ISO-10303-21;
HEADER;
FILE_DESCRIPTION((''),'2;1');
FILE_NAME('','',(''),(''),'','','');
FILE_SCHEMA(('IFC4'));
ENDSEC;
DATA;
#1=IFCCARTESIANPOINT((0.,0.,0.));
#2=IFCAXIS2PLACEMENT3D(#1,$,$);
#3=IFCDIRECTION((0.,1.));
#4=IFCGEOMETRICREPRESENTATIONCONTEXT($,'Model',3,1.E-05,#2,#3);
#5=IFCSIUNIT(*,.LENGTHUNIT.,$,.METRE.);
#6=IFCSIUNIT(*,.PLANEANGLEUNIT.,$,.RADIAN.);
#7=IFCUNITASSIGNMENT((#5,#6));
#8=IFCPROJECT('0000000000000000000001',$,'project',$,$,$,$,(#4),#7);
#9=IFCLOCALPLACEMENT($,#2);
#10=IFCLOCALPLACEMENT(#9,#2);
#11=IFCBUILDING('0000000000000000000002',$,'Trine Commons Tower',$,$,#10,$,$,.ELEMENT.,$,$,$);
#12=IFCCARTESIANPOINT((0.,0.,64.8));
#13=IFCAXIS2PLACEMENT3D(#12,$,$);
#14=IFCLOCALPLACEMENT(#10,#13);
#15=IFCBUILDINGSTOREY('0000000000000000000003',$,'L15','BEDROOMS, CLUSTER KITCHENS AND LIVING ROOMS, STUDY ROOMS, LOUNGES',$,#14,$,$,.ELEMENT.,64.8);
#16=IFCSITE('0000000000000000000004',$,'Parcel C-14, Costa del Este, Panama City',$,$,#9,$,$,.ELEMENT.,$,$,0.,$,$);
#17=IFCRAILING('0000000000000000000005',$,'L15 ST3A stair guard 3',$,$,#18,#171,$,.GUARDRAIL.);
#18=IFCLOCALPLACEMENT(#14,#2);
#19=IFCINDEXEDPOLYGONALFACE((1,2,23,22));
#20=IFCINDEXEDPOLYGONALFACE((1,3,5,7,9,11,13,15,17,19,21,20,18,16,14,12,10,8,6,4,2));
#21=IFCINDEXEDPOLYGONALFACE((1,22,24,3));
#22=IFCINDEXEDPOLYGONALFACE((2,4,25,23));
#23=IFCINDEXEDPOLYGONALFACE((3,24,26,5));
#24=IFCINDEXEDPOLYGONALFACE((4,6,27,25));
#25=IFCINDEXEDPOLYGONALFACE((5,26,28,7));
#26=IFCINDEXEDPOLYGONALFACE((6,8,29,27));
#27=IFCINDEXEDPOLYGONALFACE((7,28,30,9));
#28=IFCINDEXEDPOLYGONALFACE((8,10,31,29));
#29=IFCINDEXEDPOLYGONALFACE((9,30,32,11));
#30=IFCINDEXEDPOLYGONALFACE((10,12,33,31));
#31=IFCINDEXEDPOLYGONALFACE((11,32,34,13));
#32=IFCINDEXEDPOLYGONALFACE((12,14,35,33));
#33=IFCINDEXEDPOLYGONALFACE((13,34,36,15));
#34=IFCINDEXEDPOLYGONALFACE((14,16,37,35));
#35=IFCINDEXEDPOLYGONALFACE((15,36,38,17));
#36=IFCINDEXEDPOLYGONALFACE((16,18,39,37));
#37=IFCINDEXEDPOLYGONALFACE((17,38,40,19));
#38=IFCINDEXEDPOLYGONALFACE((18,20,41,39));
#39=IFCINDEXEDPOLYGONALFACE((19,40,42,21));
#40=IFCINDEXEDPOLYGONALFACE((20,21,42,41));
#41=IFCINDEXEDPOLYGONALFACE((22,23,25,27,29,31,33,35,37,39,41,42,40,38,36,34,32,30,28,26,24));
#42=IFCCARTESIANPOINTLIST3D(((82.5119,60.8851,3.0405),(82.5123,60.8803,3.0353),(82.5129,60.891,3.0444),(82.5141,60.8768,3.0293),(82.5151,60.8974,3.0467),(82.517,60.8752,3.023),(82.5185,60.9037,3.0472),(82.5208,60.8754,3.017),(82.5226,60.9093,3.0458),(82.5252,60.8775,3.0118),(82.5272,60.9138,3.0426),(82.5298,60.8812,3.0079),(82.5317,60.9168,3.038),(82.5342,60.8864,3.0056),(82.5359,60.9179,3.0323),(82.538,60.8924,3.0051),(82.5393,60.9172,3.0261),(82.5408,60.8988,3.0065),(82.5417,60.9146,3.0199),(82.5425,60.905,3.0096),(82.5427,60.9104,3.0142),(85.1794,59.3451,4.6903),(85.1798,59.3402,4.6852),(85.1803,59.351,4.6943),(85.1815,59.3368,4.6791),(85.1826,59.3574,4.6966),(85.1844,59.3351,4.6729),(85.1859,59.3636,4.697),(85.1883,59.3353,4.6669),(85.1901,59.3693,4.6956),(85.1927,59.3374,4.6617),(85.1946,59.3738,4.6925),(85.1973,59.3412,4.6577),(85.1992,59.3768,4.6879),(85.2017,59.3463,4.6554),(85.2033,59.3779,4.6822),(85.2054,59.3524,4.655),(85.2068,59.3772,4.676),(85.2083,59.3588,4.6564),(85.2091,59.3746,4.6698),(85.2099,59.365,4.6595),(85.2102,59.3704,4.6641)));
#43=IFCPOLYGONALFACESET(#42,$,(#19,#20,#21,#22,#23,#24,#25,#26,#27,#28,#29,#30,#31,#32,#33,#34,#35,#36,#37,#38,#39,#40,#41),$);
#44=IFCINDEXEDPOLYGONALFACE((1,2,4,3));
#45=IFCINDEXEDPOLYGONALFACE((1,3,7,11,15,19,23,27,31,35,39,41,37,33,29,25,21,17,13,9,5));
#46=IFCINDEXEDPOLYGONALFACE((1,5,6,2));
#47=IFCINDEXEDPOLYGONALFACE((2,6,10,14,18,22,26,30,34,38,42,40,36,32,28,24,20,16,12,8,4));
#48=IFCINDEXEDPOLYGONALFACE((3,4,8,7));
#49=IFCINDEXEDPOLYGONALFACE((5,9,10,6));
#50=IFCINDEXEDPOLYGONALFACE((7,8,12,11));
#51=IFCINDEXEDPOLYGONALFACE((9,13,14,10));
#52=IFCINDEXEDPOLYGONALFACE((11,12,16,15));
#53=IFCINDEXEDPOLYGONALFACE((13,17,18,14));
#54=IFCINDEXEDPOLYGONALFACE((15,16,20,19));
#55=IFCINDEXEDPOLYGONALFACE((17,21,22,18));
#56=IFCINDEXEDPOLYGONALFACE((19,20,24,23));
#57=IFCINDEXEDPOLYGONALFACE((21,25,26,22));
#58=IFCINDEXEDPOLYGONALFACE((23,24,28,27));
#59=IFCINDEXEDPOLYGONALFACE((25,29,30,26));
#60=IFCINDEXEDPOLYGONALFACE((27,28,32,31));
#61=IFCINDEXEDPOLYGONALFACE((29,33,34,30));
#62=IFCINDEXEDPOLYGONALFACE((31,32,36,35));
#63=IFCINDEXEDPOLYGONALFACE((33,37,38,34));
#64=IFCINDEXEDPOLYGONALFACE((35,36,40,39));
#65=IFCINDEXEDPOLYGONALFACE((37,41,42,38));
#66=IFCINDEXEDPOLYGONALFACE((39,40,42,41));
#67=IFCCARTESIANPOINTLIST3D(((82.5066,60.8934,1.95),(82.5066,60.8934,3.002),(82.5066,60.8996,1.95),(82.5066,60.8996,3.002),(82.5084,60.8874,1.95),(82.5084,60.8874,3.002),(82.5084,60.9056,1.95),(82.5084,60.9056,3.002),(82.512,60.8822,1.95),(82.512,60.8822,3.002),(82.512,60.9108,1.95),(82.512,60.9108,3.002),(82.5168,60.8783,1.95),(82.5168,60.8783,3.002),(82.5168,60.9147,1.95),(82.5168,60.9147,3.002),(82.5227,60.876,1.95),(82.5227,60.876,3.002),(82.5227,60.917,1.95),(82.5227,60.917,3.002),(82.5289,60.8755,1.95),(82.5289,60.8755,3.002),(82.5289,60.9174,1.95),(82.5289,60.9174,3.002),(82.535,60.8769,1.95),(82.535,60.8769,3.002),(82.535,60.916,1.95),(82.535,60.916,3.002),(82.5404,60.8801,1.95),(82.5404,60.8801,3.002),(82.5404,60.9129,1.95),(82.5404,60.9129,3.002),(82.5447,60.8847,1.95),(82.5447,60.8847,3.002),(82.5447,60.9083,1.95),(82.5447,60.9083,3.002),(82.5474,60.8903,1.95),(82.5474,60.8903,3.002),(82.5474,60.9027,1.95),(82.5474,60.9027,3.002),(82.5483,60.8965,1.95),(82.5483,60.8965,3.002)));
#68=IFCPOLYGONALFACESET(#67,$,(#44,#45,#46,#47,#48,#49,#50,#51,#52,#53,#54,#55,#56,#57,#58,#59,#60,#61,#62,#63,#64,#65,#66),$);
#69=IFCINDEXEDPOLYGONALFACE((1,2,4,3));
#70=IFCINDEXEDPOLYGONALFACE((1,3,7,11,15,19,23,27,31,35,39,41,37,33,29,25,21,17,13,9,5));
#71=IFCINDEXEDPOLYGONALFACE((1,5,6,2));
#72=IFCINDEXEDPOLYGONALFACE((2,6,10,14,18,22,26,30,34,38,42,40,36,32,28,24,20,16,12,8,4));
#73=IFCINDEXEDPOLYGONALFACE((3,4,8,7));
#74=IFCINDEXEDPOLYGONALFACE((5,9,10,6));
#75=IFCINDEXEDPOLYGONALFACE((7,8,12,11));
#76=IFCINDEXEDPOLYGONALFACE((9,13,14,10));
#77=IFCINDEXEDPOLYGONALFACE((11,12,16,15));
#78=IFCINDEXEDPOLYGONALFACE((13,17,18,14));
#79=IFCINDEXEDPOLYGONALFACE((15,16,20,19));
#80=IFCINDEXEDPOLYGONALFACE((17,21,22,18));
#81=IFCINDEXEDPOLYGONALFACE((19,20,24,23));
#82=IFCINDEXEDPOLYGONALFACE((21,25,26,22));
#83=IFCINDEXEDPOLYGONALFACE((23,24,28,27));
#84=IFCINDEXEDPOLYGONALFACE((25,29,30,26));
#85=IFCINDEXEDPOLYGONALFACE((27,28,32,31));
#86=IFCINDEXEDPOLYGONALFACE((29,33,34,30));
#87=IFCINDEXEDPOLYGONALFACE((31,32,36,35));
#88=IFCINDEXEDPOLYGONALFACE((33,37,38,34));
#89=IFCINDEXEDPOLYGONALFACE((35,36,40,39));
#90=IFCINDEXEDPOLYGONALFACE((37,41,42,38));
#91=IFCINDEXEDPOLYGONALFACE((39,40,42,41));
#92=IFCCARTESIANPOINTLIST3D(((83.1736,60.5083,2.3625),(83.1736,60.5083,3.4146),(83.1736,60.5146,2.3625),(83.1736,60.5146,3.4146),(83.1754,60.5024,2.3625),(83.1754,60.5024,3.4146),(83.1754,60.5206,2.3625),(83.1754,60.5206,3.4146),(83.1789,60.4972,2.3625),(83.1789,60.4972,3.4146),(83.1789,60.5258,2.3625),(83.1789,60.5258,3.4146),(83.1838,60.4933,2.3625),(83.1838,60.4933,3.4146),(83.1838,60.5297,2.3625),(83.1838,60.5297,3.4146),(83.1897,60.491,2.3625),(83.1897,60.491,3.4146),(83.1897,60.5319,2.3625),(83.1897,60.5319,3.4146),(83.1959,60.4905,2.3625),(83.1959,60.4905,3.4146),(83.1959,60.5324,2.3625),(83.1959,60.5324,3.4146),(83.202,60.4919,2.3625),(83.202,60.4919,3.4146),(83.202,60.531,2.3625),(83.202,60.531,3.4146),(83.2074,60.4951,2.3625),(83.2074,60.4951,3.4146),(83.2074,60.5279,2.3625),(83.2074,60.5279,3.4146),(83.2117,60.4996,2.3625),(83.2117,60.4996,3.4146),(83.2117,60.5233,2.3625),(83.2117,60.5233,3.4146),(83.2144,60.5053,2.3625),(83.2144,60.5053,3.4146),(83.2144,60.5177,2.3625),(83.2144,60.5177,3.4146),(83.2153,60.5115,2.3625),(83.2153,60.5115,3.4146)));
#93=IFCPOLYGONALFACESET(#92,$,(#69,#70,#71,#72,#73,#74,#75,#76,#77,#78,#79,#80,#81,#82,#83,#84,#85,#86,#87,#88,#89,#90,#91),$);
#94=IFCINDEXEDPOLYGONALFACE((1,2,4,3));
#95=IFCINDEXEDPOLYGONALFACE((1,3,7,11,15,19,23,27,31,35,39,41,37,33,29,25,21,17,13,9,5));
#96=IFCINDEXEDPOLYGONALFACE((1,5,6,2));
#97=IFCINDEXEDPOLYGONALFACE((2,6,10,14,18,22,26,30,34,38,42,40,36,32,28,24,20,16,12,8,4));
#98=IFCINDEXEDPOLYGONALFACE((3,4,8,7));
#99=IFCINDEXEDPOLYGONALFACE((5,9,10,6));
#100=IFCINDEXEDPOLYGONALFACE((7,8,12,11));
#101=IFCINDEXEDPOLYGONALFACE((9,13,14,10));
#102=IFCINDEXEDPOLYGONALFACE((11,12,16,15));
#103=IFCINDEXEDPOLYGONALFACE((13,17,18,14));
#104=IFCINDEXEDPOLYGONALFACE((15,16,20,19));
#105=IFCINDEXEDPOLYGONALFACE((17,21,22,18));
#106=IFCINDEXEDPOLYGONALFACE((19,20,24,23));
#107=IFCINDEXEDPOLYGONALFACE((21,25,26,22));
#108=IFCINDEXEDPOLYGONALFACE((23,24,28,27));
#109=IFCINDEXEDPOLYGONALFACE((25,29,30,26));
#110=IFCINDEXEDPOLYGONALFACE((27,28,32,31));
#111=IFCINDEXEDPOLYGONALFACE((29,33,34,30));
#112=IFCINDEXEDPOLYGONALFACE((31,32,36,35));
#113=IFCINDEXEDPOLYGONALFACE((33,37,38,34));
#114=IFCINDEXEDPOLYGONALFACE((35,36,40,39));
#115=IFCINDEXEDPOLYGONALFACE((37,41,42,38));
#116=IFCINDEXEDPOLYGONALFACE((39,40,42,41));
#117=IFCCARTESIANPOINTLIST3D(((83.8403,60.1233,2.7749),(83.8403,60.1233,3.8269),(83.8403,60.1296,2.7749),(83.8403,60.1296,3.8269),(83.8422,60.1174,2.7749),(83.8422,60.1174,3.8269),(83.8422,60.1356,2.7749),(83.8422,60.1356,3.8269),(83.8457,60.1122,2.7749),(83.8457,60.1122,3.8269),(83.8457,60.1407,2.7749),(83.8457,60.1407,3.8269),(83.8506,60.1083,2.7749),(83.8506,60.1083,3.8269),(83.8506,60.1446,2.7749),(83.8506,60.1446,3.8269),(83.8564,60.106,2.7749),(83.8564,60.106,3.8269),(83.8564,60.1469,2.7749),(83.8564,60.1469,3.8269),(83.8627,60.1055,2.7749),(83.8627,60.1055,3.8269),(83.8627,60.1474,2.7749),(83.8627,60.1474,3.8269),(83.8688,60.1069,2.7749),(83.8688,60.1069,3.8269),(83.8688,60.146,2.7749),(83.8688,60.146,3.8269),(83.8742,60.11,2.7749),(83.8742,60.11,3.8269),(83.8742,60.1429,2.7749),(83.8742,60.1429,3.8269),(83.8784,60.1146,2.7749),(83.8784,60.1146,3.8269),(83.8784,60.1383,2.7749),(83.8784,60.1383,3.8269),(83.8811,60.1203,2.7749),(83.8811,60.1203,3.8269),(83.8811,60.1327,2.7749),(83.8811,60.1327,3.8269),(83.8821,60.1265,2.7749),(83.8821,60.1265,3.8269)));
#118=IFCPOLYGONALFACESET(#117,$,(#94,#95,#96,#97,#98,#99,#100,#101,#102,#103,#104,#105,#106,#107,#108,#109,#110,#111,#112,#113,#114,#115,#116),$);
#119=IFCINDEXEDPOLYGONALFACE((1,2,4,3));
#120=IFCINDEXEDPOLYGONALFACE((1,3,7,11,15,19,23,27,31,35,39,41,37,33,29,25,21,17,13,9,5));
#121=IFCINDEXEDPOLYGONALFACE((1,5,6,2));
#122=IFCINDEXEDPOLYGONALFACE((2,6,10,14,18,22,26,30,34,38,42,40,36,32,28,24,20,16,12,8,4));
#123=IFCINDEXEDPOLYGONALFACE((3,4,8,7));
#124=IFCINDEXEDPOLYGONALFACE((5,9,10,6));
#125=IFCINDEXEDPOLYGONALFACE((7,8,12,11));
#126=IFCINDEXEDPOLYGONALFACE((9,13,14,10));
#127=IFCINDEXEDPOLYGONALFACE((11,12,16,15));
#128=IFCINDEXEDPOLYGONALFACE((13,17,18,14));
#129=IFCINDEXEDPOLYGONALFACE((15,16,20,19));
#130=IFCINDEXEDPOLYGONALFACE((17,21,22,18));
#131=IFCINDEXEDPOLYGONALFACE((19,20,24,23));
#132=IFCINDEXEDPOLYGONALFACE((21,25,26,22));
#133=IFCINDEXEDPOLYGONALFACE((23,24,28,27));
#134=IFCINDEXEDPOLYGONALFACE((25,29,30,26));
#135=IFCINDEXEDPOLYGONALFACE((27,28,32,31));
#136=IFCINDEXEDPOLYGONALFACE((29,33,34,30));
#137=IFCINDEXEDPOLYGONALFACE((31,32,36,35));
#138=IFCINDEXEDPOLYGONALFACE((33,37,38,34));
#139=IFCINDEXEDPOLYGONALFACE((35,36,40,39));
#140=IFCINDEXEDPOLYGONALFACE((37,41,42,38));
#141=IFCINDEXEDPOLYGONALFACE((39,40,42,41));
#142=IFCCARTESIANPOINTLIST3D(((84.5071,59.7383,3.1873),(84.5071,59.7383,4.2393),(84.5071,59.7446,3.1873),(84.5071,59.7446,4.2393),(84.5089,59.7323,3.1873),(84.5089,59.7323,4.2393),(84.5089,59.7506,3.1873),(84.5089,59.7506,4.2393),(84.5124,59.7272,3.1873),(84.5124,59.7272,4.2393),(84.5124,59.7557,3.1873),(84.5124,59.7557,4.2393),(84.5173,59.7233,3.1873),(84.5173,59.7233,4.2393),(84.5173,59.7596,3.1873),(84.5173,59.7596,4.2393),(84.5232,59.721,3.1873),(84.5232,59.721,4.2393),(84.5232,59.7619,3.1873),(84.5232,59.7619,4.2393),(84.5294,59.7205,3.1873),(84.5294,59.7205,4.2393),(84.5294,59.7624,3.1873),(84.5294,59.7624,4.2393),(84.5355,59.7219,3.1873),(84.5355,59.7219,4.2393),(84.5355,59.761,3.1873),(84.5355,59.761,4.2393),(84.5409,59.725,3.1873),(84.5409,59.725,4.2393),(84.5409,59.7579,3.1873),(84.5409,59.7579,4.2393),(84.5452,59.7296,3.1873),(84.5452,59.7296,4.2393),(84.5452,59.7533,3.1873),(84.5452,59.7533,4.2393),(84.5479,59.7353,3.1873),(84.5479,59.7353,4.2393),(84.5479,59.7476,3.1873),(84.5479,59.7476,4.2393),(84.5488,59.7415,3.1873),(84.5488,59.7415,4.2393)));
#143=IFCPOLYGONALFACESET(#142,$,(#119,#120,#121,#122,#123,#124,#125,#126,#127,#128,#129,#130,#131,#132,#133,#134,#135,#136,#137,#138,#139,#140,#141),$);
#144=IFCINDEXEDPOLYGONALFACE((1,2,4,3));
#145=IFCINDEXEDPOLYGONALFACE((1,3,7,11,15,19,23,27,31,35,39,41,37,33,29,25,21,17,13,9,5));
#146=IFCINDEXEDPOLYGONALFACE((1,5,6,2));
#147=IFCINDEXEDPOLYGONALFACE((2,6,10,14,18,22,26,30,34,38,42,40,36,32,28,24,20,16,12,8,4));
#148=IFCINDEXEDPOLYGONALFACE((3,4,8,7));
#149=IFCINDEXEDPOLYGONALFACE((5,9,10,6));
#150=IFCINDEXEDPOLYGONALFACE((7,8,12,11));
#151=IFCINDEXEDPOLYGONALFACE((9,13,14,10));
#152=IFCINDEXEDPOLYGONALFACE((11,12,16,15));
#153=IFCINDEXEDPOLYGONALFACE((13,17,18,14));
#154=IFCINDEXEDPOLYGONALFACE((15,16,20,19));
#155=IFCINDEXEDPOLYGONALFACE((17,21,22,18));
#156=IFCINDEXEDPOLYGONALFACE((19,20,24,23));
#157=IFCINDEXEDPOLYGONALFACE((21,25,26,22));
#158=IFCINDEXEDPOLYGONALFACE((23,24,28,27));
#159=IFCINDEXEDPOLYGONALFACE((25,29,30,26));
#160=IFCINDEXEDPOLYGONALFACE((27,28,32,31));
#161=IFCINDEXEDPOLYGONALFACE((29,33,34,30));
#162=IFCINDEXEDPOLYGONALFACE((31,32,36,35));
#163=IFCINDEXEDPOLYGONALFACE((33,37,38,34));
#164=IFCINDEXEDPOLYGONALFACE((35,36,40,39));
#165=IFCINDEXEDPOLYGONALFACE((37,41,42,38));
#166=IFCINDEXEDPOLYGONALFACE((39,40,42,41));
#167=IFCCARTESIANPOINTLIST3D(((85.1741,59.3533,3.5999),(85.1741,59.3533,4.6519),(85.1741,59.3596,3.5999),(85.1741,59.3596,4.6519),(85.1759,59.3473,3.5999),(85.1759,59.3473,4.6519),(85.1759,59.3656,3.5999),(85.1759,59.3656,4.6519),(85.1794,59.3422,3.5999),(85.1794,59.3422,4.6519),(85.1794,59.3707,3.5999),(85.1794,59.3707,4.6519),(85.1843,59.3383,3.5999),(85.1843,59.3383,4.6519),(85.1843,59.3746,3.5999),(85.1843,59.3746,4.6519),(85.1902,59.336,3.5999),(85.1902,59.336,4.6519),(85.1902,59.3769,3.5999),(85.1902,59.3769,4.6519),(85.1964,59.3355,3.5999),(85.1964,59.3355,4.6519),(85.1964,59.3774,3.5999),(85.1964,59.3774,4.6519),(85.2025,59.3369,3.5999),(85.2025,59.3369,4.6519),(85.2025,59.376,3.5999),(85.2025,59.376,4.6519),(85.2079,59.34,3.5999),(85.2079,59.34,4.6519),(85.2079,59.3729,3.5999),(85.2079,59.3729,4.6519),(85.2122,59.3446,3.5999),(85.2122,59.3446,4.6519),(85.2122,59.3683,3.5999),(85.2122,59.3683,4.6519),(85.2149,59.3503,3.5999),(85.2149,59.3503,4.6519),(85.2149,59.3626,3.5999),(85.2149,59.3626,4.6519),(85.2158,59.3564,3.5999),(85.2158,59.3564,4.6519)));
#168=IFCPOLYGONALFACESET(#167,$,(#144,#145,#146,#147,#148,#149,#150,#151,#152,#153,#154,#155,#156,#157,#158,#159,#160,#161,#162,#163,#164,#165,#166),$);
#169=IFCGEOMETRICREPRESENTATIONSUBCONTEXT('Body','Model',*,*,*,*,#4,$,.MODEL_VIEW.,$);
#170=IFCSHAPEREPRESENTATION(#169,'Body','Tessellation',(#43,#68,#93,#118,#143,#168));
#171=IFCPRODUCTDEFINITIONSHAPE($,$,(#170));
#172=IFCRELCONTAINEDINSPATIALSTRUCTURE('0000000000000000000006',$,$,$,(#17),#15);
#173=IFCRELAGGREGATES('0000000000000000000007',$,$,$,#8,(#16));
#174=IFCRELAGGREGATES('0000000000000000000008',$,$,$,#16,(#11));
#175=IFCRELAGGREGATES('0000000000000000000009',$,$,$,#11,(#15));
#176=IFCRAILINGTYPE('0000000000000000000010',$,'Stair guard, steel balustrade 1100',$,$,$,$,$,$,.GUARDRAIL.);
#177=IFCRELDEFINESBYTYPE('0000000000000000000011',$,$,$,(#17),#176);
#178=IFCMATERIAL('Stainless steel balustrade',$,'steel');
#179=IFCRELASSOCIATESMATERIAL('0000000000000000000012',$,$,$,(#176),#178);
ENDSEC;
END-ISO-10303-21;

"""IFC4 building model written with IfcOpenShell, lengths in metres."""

from ifc_helpers import new_model, si_unit, direction, frame, origin, origin_2d, place, context, subcontext, project, spatial, circle, extrude, material, type_object, element, save


model = new_model("IFC4")

# Units and contexts
model_context = context("Model", 3, precision=1e-05, world=origin(), true_north=direction((0.0, 1.0)))
body_context = subcontext(model_context, "Body", "Model", "MODEL_VIEW")
ifc_project = project(units=[si_unit("LENGTHUNIT", "METRE"), si_unit("PLANEANGLEUNIT", "RADIAN")], contexts=[model_context])

# Site, building, storey
site_placement = place(None, origin())
site = spatial("IfcSite", under=ifc_project, at=site_placement, Name="Parcel C-14, Costa del Este, Panama City", CompositionType="ELEMENT", RefElevation=0.0)
building_placement = place(site_placement, origin())
building = spatial("IfcBuilding", under=site, at=building_placement, Name="Trine Commons Tower", CompositionType="ELEMENT")
storey_placement = place(building_placement, frame((0.0, 0.0, 64.8)))
storey = spatial("IfcBuildingStorey", under=building, at=storey_placement, Name="L15", Description="BEDROOMS, CLUSTER KITCHENS AND LIVING ROOMS, STUDY ROOMS, LOUNGES", CompositionType="ELEMENT", Elevation=64.8)

# Railing
ifc_material_1 = material(Name="Stainless steel balustrade", Category="steel")
railing_type_1 = type_object("IfcRailingType", Name="Stair guard, steel balustrade 1100", PredefinedType="GUARDRAIL", material=ifc_material_1)
railing_1_placement = place(storey_placement, frame((82.5273, 60.8965, 1.95)))
element("IfcRailing", 1, at=railing_1_placement, inside=storey, type_object=railing_type_1, Name="L15 ST3A stair guard 3", PredefinedType="GUARDRAIL", context=body_context, shape_type="SweptSolid", body=[
    extrude(circle(Radius=0.0239, at=origin_2d()), frame((0.0, 0.0, 1.0762), z_axis=(0.763405, -0.440743, 0.472185), x_axis=(0.499992, 0.86603, 0.0)), (0.0, 0.0, 1.0), 3.4941),
    extrude(circle(Radius=0.021, at=origin_2d()), origin(), (0.0, 0.0, 1.0), 1.052),
    extrude(circle(Radius=0.021, at=origin_2d()), frame((0.667, -0.385, 0.4126)), (0.0, 0.0, 1.0), 1.052),
    extrude(circle(Radius=0.021, at=origin_2d()), frame((1.3337, -0.77, 0.825)), (0.0, 0.0, 1.0), 1.052),
    extrude(circle(Radius=0.021, at=origin_2d()), frame((2.0005, -1.155, 1.2373)), (0.0, 0.0, 1.0), 1.052),
    extrude(circle(Radius=0.021, at=origin_2d()), frame((2.6675, -1.54, 1.6499)), (0.0, 0.0, 1.0), 1.052),
])

save(model, "model.ifc")
